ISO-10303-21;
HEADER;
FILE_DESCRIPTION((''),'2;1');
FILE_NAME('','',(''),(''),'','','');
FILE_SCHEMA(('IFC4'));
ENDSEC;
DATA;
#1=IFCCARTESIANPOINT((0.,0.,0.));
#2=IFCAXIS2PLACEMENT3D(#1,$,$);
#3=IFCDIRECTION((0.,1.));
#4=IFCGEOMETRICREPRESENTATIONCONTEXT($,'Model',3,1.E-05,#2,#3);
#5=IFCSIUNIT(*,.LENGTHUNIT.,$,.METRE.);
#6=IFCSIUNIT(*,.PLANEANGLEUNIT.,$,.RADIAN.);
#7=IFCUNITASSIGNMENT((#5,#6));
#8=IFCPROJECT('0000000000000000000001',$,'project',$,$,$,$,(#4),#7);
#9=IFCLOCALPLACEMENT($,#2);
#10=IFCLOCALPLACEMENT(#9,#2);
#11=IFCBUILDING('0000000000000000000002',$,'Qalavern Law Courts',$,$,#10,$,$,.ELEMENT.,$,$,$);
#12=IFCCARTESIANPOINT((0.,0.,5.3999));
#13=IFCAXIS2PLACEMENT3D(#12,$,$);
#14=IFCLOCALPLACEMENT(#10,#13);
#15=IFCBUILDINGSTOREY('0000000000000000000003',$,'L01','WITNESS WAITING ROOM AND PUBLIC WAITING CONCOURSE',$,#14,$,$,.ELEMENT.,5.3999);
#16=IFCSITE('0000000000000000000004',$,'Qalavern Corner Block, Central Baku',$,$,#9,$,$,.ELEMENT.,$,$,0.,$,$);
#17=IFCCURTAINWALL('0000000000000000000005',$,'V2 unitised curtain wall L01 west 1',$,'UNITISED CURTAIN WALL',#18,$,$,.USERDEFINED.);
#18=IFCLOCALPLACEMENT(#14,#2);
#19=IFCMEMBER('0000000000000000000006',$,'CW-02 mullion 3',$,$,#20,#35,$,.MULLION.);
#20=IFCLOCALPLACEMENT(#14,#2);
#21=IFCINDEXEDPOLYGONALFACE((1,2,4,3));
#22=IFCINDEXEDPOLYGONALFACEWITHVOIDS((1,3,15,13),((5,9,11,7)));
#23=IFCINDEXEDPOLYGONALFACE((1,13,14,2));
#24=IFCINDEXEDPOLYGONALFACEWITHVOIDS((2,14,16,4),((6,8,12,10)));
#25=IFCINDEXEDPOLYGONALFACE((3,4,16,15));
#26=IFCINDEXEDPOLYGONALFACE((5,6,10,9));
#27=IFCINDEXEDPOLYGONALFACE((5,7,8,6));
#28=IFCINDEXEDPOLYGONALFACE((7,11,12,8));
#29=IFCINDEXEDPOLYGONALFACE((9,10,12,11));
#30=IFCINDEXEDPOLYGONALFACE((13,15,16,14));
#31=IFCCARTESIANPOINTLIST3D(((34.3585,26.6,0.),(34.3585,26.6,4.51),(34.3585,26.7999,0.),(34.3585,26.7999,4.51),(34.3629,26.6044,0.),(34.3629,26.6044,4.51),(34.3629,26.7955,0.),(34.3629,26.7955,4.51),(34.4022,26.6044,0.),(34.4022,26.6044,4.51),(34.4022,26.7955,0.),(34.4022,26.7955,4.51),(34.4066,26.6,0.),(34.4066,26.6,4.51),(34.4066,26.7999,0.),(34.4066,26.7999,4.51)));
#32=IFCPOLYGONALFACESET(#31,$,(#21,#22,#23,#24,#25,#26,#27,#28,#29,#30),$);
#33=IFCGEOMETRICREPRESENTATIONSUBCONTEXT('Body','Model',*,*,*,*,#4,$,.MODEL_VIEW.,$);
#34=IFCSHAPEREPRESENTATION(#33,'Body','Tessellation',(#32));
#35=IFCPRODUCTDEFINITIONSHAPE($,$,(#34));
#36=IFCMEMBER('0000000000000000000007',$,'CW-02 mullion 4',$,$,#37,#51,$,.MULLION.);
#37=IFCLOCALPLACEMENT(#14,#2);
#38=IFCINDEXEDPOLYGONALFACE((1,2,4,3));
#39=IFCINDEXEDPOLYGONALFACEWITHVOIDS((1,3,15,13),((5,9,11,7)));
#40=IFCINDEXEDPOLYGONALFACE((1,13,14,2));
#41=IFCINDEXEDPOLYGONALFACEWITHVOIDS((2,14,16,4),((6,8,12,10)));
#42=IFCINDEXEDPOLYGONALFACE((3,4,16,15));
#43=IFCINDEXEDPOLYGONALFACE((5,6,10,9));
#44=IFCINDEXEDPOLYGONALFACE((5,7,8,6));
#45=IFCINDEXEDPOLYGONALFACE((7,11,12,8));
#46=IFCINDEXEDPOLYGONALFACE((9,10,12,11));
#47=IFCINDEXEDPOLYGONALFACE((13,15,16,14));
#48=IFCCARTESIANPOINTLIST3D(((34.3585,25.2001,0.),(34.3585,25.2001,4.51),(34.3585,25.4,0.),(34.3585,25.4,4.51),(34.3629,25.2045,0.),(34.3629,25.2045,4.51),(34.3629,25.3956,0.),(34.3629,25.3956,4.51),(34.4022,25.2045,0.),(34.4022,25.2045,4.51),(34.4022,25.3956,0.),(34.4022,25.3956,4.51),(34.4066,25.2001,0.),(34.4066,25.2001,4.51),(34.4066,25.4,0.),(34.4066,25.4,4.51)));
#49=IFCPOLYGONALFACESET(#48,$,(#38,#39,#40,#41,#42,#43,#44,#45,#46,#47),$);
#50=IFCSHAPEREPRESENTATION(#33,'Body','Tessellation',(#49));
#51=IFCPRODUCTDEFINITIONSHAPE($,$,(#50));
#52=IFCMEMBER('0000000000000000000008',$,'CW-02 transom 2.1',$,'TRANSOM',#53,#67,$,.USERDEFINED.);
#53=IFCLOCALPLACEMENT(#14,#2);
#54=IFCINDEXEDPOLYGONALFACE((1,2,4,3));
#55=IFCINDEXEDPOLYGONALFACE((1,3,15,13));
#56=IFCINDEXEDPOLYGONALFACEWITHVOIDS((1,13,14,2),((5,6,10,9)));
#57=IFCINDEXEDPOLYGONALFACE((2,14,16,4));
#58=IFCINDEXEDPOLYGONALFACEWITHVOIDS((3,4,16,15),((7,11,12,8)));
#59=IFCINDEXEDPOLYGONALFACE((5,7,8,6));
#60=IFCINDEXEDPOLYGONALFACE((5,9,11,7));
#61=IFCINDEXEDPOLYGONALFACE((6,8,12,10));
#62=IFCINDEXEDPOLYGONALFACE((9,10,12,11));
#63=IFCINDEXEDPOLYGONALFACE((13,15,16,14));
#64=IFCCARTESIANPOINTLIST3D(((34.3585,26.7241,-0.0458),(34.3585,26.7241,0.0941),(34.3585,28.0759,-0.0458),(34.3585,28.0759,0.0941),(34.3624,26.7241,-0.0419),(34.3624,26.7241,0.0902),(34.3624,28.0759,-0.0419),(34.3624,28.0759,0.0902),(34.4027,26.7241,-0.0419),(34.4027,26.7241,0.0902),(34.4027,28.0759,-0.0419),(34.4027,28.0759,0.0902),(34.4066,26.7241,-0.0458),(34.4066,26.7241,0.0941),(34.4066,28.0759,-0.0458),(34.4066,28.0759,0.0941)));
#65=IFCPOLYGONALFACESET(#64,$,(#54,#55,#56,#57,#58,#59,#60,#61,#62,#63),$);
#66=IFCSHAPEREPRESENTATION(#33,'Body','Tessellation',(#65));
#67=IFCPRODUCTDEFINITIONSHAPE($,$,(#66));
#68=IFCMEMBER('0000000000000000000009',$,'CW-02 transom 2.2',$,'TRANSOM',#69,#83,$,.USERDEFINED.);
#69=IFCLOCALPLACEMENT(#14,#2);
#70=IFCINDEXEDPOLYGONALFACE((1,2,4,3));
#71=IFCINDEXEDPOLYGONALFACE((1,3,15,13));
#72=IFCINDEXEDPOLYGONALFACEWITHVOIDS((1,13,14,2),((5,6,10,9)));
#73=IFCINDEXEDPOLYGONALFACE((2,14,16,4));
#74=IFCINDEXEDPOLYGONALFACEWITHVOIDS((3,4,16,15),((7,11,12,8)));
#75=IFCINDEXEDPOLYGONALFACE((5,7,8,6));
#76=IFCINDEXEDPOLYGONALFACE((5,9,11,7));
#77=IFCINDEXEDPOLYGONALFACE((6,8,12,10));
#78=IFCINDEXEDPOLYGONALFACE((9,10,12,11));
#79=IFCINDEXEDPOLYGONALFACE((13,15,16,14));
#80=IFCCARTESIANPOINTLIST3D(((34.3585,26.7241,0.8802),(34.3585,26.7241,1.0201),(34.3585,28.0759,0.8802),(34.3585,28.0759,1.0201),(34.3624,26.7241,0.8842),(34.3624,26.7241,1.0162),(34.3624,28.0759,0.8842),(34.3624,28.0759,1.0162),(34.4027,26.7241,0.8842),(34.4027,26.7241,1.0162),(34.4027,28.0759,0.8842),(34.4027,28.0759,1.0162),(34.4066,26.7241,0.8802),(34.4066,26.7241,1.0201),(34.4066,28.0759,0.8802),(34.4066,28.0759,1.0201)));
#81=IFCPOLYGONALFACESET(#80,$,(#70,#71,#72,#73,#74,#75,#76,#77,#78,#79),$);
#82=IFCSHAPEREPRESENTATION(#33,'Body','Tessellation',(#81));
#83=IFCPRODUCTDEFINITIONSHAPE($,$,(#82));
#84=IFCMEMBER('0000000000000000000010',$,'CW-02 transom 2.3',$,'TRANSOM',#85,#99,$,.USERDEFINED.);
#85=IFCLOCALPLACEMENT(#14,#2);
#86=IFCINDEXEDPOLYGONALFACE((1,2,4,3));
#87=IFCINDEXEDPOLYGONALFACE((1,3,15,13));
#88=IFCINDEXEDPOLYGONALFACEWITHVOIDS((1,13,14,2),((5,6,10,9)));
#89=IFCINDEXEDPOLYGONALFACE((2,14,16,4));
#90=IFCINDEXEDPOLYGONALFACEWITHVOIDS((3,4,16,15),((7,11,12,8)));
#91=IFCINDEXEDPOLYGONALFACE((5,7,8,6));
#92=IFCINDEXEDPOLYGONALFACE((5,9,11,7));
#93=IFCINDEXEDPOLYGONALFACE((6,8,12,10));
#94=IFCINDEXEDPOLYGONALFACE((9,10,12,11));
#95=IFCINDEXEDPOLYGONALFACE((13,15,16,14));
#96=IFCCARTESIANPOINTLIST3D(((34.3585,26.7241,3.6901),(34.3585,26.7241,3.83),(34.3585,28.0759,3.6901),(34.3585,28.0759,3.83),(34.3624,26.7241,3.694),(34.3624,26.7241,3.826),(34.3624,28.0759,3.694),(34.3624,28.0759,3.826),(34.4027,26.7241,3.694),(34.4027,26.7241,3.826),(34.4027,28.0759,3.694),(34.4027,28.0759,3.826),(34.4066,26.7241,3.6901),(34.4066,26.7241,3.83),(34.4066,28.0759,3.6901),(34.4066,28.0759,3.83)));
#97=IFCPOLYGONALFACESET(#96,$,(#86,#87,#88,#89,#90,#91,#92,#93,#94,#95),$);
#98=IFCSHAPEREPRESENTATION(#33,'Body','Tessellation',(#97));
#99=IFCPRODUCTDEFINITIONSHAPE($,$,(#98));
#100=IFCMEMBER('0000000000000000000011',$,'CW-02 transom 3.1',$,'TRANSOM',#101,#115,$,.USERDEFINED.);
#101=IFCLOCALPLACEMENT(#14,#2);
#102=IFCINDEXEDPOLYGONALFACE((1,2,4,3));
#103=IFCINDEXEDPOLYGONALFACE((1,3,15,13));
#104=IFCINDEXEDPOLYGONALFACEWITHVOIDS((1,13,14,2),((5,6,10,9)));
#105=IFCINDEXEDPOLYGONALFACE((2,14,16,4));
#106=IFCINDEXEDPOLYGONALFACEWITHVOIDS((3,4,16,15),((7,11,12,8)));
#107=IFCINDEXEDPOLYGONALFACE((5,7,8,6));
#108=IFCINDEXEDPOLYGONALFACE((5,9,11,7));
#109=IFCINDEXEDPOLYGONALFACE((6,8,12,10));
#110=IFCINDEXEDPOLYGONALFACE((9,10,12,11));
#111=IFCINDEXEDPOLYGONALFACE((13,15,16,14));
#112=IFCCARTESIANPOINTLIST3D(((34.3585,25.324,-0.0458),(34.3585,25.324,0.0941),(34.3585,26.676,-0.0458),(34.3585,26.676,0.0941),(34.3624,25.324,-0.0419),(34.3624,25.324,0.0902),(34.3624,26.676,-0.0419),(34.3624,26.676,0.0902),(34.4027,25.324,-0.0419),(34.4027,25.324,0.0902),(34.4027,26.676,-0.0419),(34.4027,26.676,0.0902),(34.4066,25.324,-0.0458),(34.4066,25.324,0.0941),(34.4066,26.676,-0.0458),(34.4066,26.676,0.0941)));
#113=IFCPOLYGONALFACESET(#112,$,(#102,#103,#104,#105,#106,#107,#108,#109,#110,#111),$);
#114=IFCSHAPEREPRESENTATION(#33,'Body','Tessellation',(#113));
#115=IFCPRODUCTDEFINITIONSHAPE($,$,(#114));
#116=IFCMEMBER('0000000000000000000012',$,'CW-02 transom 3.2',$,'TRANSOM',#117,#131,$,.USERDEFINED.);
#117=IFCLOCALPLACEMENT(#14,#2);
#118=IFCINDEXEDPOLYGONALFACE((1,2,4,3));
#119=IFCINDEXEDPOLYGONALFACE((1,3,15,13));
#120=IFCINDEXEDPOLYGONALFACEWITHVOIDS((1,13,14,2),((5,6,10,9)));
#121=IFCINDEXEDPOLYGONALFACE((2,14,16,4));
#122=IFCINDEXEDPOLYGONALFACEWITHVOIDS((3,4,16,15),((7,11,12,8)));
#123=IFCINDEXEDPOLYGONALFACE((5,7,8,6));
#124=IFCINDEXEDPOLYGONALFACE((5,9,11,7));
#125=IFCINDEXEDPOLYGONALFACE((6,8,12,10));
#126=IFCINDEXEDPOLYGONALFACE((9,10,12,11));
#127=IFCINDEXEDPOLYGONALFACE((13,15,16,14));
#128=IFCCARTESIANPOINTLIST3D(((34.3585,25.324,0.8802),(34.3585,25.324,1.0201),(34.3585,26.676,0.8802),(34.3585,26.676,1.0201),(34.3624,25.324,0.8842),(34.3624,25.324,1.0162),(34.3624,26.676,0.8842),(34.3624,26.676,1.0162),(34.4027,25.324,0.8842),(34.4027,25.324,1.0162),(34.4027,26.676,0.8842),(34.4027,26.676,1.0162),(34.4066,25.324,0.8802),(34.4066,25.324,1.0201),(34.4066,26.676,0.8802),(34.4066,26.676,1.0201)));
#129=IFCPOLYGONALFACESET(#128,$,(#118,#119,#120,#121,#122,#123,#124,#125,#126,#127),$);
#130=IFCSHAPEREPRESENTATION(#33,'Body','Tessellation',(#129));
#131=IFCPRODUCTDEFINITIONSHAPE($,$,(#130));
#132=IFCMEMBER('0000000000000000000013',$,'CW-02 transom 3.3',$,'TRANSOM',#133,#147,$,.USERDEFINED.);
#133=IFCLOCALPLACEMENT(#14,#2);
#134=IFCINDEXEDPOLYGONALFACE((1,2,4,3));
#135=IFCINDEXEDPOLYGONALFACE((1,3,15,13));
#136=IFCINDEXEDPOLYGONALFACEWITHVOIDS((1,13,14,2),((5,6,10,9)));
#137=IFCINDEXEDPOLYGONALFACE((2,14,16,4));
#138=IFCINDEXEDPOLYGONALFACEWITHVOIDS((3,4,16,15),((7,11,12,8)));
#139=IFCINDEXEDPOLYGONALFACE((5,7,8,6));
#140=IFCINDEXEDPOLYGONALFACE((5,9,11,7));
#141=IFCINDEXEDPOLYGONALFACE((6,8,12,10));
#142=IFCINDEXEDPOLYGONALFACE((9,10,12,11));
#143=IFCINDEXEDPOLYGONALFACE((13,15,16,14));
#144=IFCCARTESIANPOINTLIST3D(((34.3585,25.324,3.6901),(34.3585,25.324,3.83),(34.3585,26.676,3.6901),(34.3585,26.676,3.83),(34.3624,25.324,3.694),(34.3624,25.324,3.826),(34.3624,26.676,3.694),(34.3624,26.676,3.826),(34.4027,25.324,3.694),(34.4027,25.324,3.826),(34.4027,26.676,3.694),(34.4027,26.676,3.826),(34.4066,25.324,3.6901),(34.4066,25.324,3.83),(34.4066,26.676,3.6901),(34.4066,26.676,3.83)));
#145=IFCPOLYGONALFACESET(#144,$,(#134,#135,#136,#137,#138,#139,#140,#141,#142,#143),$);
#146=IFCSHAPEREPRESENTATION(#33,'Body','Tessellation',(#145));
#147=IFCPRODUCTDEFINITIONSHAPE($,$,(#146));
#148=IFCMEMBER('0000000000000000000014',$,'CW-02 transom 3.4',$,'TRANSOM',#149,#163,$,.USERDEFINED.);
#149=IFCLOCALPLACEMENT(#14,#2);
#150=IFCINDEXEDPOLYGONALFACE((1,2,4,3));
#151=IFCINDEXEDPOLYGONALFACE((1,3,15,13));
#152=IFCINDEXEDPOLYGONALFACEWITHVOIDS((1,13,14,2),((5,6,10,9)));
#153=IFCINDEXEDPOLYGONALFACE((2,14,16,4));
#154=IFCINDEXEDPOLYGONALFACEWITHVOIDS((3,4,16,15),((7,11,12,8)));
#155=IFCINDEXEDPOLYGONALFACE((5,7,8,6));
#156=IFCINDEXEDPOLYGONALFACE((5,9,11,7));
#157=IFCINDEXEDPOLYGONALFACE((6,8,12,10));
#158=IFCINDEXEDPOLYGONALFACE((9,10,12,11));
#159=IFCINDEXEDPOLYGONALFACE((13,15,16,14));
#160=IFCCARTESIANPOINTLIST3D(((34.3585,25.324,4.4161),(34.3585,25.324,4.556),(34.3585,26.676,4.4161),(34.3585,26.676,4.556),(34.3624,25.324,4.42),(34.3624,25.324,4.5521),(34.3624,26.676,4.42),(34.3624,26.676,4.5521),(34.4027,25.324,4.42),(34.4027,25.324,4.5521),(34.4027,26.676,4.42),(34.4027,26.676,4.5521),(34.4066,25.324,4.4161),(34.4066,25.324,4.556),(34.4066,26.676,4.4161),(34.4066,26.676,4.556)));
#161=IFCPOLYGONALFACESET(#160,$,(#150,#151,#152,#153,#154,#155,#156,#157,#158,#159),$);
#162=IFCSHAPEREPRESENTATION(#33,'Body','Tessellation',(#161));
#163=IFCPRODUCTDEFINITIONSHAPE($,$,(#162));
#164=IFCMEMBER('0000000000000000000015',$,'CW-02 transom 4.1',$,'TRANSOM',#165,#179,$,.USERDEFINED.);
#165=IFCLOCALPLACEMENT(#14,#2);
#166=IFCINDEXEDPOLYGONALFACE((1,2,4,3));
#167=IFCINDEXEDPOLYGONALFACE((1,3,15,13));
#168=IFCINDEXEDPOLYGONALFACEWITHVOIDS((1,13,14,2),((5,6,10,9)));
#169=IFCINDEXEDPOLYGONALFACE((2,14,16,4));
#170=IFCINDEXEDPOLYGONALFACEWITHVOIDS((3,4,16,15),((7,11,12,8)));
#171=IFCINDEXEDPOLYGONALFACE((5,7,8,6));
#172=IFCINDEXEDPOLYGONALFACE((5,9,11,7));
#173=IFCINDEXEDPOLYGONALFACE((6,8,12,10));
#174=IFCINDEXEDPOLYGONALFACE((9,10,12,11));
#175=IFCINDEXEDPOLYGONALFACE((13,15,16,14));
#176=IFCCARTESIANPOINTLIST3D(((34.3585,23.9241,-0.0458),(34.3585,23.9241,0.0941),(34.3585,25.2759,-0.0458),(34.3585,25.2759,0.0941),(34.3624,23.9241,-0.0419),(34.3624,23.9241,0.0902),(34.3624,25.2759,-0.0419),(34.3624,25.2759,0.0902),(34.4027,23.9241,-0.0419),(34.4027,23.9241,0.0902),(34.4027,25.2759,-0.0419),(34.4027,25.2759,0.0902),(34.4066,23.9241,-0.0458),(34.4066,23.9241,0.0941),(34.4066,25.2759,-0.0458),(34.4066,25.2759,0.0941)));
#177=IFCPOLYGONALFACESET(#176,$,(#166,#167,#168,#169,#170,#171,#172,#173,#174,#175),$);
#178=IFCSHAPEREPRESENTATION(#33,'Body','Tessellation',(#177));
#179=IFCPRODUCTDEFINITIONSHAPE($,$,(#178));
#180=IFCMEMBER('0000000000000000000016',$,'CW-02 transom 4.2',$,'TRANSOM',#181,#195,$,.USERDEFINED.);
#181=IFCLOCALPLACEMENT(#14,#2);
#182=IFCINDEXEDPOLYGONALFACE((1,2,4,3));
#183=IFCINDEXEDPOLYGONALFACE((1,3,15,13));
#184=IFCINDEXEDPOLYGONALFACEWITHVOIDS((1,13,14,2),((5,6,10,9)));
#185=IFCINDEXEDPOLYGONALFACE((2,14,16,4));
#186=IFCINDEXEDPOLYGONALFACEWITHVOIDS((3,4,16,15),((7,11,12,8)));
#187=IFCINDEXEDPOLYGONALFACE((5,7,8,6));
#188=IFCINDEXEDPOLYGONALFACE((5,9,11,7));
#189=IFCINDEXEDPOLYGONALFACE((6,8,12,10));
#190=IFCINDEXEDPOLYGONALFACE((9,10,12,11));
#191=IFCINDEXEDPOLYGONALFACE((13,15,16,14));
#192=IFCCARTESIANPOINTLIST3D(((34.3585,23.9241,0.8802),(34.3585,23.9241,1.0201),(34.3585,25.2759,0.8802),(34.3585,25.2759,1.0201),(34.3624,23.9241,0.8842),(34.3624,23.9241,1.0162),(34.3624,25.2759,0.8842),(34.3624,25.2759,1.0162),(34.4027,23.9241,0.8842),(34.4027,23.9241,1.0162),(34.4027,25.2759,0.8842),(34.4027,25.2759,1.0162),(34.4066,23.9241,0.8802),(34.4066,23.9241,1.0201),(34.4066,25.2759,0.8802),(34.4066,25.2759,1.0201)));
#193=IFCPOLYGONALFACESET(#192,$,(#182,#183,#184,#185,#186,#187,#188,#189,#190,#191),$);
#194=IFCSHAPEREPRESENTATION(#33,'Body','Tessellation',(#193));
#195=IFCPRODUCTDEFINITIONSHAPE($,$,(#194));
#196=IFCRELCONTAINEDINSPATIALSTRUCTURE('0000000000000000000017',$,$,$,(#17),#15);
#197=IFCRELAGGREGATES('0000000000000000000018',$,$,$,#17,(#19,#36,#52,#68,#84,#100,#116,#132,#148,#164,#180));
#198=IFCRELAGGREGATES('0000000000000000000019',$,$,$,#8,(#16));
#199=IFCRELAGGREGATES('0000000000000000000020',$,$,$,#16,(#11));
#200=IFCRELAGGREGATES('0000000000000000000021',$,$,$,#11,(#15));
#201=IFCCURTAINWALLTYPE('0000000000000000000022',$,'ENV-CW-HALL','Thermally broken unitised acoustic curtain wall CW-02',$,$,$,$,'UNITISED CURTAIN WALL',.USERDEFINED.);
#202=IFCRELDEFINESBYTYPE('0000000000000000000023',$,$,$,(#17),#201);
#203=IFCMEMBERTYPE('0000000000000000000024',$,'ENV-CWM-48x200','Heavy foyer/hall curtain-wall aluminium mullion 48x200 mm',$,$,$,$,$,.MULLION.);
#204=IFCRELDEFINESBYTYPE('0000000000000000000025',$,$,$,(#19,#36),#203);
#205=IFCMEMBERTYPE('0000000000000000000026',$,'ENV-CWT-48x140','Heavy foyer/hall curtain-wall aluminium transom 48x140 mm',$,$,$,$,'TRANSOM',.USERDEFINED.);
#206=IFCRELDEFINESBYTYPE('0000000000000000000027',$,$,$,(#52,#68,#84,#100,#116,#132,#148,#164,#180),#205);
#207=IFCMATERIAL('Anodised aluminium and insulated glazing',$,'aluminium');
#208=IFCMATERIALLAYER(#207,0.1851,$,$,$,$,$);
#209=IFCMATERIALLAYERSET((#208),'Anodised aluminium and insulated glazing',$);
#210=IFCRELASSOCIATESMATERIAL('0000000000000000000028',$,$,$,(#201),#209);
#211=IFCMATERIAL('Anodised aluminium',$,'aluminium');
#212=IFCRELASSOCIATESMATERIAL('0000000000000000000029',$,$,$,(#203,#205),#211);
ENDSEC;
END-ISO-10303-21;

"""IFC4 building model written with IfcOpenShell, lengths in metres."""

from ifc_helpers import new_model, si_unit, direction, frame, origin, origin_2d, place, context, subcontext, project, spatial, hollow_rectangle, extrude, material, layer, layer_set, material_profile, profile_set, type_object, element, aggregate, save


model = new_model("IFC4")

# Units and contexts
model_context = context("Model", 3, precision=1e-05, world=origin(), true_north=direction((0.0, 1.0)))
body_context = subcontext(model_context, "Body", "Model", "MODEL_VIEW")
ifc_project = project(units=[si_unit("LENGTHUNIT", "METRE"), si_unit("PLANEANGLEUNIT", "RADIAN")], contexts=[model_context])

# Site, building, storey
site_placement = place(None, origin())
site = spatial("IfcSite", under=ifc_project, at=site_placement, Name="Qalavern Corner Block, Central Baku", CompositionType="ELEMENT", RefElevation=0.0)
building_placement = place(site_placement, origin())
building = spatial("IfcBuilding", under=site, at=building_placement, Name="Qalavern Law Courts", CompositionType="ELEMENT")
storey_placement = place(building_placement, frame((0.0, 0.0, 5.3999)))
storey = spatial("IfcBuildingStorey", under=building, at=storey_placement, Name="L01", Description="WITNESS WAITING ROOM AND PUBLIC WAITING CONCOURSE", CompositionType="ELEMENT", Elevation=5.3999)

# Curtain wall, members
ifc_material_1 = material(Name="Anodised aluminium and insulated glazing", Category="aluminium")
ifc_layer_1 = layer(ifc_material_1, 0.1851)
ifc_layer_set_1 = layer_set([ifc_layer_1], Name="Anodised aluminium and insulated glazing")
curtain_wall_type = type_object("IfcCurtainWallType", Name="ENV-CW-HALL", Description="Thermally broken unitised acoustic curtain wall CW-02", ElementType="UNITISED CURTAIN WALL", PredefinedType="USERDEFINED", material=ifc_layer_set_1)
curtain_wall_placement = place(storey_placement, origin())
curtain_wall = element("IfcCurtainWall", 1, at=curtain_wall_placement, inside=storey, type_object=curtain_wall_type, Name="V2 unitised curtain wall L01 west 1", ObjectType="UNITISED CURTAIN WALL", PredefinedType="USERDEFINED")
ifc_material_2 = material(Name="Anodised aluminium", Category="aluminium")
ifc_material_profile_1 = material_profile(ifc_material_2, hollow_rectangle(XDim=0.0481, YDim=0.2, WallThickness=0.0044, at=origin_2d()), Name="ALU MULLION 48x200")
ifc_profile_set_1 = profile_set([ifc_material_profile_1], Name="Anodised aluminium")
member_type_1 = type_object("IfcMemberType", Name="ENV-CWM-48x200", Description="Heavy foyer/hall curtain-wall aluminium mullion 48x200 mm", PredefinedType="MULLION", material=ifc_profile_set_1)
member_1_placement = place(storey_placement, frame((34.3826, 26.7, 0.0), z_axis=(0.0, 0.0, 1.0), x_axis=(1.0, 0.0, 0.0)))
member_1 = element("IfcMember", 2, at=member_1_placement, type_object=member_type_1, Name="CW-02 mullion 3", PredefinedType="MULLION", context=body_context, shape_type="SweptSolid", body=[
    extrude(hollow_rectangle(XDim=0.0481, YDim=0.2, WallThickness=0.0044, at=origin_2d()), origin(), (0.0, 0.0, 1.0), 4.51),
])
member_2_placement = place(storey_placement, frame((34.3826, 25.3, 0.0), z_axis=(0.0, 0.0, 1.0), x_axis=(1.0, 0.0, 0.0)))
member_2 = element("IfcMember", 3, at=member_2_placement, type_object=member_type_1, Name="CW-02 mullion 4", PredefinedType="MULLION", context=body_context, shape_type="SweptSolid", body=[
    extrude(hollow_rectangle(XDim=0.0481, YDim=0.2, WallThickness=0.0044, at=origin_2d()), origin(), (0.0, 0.0, 1.0), 4.51),
])
ifc_material_profile_2 = material_profile(ifc_material_2, hollow_rectangle(XDim=0.0481, YDim=0.1399, WallThickness=0.0039, at=origin_2d()), Name="ALU TRANSOM 48x140")
ifc_profile_set_2 = profile_set([ifc_material_profile_2], Name="Anodised aluminium")
member_type_2 = type_object("IfcMemberType", Name="ENV-CWT-48x140", Description="Heavy foyer/hall curtain-wall aluminium transom 48x140 mm", ElementType="TRANSOM", PredefinedType="USERDEFINED", material=ifc_profile_set_2)
member_3_placement = place(storey_placement, frame((34.3826, 28.0759, 0.0242), z_axis=(0.0, -1.0, 0.0), x_axis=(1.0, 0.0, 0.0)))
member_3 = element("IfcMember", 4, at=member_3_placement, type_object=member_type_2, Name="CW-02 transom 2.1", ObjectType="TRANSOM", PredefinedType="USERDEFINED", context=body_context, shape_type="SweptSolid", body=[
    extrude(hollow_rectangle(XDim=0.0481, YDim=0.1399, WallThickness=0.0039, at=origin_2d()), origin(), (0.0, 0.0, 1.0), 1.3518),
])
member_4_placement = place(storey_placement, frame((34.3826, 28.0759, 0.9502), z_axis=(0.0, -1.0, 0.0), x_axis=(1.0, 0.0, 0.0)))
member_4 = element("IfcMember", 5, at=member_4_placement, type_object=member_type_2, Name="CW-02 transom 2.2", ObjectType="TRANSOM", PredefinedType="USERDEFINED", context=body_context, shape_type="SweptSolid", body=[
    extrude(hollow_rectangle(XDim=0.0481, YDim=0.1399, WallThickness=0.0039, at=origin_2d()), origin(), (0.0, 0.0, 1.0), 1.3518),
])
member_5_placement = place(storey_placement, frame((34.3826, 28.0759, 3.76), z_axis=(0.0, -1.0, 0.0), x_axis=(1.0, 0.0, 0.0)))
member_5 = element("IfcMember", 6, at=member_5_placement, type_object=member_type_2, Name="CW-02 transom 2.3", ObjectType="TRANSOM", PredefinedType="USERDEFINED", context=body_context, shape_type="SweptSolid", body=[
    extrude(hollow_rectangle(XDim=0.0481, YDim=0.1399, WallThickness=0.0039, at=origin_2d()), origin(), (0.0, 0.0, 1.0), 1.3518),
])
member_6_placement = place(storey_placement, frame((34.3826, 26.676, 0.0242), z_axis=(0.0, -1.0, 0.0), x_axis=(1.0, 0.0, 0.0)))
member_6 = element("IfcMember", 7, at=member_6_placement, type_object=member_type_2, Name="CW-02 transom 3.1", ObjectType="TRANSOM", PredefinedType="USERDEFINED", context=body_context, shape_type="SweptSolid", body=[
    extrude(hollow_rectangle(XDim=0.0481, YDim=0.1399, WallThickness=0.0039, at=origin_2d()), origin(), (0.0, 0.0, 1.0), 1.3521),
])
member_7_placement = place(storey_placement, frame((34.3826, 26.676, 0.9502), z_axis=(0.0, -1.0, 0.0), x_axis=(1.0, 0.0, 0.0)))
member_7 = element("IfcMember", 8, at=member_7_placement, type_object=member_type_2, Name="CW-02 transom 3.2", ObjectType="TRANSOM", PredefinedType="USERDEFINED", context=body_context, shape_type="SweptSolid", body=[
    extrude(hollow_rectangle(XDim=0.0481, YDim=0.1399, WallThickness=0.0039, at=origin_2d()), origin(), (0.0, 0.0, 1.0), 1.3521),
])
member_8_placement = place(storey_placement, frame((34.3826, 26.676, 3.76), z_axis=(0.0, -1.0, 0.0), x_axis=(1.0, 0.0, 0.0)))
member_8 = element("IfcMember", 9, at=member_8_placement, type_object=member_type_2, Name="CW-02 transom 3.3", ObjectType="TRANSOM", PredefinedType="USERDEFINED", context=body_context, shape_type="SweptSolid", body=[
    extrude(hollow_rectangle(XDim=0.0481, YDim=0.1399, WallThickness=0.0039, at=origin_2d()), origin(), (0.0, 0.0, 1.0), 1.3521),
])
member_9_placement = place(storey_placement, frame((34.3826, 26.676, 4.4861), z_axis=(0.0, -1.0, 0.0), x_axis=(1.0, 0.0, 0.0)))
member_9 = element("IfcMember", 10, at=member_9_placement, type_object=member_type_2, Name="CW-02 transom 3.4", ObjectType="TRANSOM", PredefinedType="USERDEFINED", context=body_context, shape_type="SweptSolid", body=[
    extrude(hollow_rectangle(XDim=0.0481, YDim=0.1399, WallThickness=0.0039, at=origin_2d()), origin(), (0.0, 0.0, 1.0), 1.3521),
])
member_10_placement = place(storey_placement, frame((34.3826, 25.2759, 0.0242), z_axis=(0.0, -1.0, 0.0), x_axis=(1.0, 0.0, 0.0)))
member_10 = element("IfcMember", 11, at=member_10_placement, type_object=member_type_2, Name="CW-02 transom 4.1", ObjectType="TRANSOM", PredefinedType="USERDEFINED", context=body_context, shape_type="SweptSolid", body=[
    extrude(hollow_rectangle(XDim=0.0481, YDim=0.1399, WallThickness=0.0039, at=origin_2d()), origin(), (0.0, 0.0, 1.0), 1.3518),
])
member_11_placement = place(storey_placement, frame((34.3826, 25.2759, 0.9502), z_axis=(0.0, -1.0, 0.0), x_axis=(1.0, 0.0, 0.0)))
member_11 = element("IfcMember", 12, at=member_11_placement, type_object=member_type_2, Name="CW-02 transom 4.2", ObjectType="TRANSOM", PredefinedType="USERDEFINED", context=body_context, shape_type="SweptSolid", body=[
    extrude(hollow_rectangle(XDim=0.0481, YDim=0.1399, WallThickness=0.0039, at=origin_2d()), origin(), (0.0, 0.0, 1.0), 1.3518),
])

aggregate(curtain_wall, [member_1, member_2, member_3, member_4, member_5, member_6, member_7, member_8, member_9, member_10, member_11])

save(model, "model.ifc")
